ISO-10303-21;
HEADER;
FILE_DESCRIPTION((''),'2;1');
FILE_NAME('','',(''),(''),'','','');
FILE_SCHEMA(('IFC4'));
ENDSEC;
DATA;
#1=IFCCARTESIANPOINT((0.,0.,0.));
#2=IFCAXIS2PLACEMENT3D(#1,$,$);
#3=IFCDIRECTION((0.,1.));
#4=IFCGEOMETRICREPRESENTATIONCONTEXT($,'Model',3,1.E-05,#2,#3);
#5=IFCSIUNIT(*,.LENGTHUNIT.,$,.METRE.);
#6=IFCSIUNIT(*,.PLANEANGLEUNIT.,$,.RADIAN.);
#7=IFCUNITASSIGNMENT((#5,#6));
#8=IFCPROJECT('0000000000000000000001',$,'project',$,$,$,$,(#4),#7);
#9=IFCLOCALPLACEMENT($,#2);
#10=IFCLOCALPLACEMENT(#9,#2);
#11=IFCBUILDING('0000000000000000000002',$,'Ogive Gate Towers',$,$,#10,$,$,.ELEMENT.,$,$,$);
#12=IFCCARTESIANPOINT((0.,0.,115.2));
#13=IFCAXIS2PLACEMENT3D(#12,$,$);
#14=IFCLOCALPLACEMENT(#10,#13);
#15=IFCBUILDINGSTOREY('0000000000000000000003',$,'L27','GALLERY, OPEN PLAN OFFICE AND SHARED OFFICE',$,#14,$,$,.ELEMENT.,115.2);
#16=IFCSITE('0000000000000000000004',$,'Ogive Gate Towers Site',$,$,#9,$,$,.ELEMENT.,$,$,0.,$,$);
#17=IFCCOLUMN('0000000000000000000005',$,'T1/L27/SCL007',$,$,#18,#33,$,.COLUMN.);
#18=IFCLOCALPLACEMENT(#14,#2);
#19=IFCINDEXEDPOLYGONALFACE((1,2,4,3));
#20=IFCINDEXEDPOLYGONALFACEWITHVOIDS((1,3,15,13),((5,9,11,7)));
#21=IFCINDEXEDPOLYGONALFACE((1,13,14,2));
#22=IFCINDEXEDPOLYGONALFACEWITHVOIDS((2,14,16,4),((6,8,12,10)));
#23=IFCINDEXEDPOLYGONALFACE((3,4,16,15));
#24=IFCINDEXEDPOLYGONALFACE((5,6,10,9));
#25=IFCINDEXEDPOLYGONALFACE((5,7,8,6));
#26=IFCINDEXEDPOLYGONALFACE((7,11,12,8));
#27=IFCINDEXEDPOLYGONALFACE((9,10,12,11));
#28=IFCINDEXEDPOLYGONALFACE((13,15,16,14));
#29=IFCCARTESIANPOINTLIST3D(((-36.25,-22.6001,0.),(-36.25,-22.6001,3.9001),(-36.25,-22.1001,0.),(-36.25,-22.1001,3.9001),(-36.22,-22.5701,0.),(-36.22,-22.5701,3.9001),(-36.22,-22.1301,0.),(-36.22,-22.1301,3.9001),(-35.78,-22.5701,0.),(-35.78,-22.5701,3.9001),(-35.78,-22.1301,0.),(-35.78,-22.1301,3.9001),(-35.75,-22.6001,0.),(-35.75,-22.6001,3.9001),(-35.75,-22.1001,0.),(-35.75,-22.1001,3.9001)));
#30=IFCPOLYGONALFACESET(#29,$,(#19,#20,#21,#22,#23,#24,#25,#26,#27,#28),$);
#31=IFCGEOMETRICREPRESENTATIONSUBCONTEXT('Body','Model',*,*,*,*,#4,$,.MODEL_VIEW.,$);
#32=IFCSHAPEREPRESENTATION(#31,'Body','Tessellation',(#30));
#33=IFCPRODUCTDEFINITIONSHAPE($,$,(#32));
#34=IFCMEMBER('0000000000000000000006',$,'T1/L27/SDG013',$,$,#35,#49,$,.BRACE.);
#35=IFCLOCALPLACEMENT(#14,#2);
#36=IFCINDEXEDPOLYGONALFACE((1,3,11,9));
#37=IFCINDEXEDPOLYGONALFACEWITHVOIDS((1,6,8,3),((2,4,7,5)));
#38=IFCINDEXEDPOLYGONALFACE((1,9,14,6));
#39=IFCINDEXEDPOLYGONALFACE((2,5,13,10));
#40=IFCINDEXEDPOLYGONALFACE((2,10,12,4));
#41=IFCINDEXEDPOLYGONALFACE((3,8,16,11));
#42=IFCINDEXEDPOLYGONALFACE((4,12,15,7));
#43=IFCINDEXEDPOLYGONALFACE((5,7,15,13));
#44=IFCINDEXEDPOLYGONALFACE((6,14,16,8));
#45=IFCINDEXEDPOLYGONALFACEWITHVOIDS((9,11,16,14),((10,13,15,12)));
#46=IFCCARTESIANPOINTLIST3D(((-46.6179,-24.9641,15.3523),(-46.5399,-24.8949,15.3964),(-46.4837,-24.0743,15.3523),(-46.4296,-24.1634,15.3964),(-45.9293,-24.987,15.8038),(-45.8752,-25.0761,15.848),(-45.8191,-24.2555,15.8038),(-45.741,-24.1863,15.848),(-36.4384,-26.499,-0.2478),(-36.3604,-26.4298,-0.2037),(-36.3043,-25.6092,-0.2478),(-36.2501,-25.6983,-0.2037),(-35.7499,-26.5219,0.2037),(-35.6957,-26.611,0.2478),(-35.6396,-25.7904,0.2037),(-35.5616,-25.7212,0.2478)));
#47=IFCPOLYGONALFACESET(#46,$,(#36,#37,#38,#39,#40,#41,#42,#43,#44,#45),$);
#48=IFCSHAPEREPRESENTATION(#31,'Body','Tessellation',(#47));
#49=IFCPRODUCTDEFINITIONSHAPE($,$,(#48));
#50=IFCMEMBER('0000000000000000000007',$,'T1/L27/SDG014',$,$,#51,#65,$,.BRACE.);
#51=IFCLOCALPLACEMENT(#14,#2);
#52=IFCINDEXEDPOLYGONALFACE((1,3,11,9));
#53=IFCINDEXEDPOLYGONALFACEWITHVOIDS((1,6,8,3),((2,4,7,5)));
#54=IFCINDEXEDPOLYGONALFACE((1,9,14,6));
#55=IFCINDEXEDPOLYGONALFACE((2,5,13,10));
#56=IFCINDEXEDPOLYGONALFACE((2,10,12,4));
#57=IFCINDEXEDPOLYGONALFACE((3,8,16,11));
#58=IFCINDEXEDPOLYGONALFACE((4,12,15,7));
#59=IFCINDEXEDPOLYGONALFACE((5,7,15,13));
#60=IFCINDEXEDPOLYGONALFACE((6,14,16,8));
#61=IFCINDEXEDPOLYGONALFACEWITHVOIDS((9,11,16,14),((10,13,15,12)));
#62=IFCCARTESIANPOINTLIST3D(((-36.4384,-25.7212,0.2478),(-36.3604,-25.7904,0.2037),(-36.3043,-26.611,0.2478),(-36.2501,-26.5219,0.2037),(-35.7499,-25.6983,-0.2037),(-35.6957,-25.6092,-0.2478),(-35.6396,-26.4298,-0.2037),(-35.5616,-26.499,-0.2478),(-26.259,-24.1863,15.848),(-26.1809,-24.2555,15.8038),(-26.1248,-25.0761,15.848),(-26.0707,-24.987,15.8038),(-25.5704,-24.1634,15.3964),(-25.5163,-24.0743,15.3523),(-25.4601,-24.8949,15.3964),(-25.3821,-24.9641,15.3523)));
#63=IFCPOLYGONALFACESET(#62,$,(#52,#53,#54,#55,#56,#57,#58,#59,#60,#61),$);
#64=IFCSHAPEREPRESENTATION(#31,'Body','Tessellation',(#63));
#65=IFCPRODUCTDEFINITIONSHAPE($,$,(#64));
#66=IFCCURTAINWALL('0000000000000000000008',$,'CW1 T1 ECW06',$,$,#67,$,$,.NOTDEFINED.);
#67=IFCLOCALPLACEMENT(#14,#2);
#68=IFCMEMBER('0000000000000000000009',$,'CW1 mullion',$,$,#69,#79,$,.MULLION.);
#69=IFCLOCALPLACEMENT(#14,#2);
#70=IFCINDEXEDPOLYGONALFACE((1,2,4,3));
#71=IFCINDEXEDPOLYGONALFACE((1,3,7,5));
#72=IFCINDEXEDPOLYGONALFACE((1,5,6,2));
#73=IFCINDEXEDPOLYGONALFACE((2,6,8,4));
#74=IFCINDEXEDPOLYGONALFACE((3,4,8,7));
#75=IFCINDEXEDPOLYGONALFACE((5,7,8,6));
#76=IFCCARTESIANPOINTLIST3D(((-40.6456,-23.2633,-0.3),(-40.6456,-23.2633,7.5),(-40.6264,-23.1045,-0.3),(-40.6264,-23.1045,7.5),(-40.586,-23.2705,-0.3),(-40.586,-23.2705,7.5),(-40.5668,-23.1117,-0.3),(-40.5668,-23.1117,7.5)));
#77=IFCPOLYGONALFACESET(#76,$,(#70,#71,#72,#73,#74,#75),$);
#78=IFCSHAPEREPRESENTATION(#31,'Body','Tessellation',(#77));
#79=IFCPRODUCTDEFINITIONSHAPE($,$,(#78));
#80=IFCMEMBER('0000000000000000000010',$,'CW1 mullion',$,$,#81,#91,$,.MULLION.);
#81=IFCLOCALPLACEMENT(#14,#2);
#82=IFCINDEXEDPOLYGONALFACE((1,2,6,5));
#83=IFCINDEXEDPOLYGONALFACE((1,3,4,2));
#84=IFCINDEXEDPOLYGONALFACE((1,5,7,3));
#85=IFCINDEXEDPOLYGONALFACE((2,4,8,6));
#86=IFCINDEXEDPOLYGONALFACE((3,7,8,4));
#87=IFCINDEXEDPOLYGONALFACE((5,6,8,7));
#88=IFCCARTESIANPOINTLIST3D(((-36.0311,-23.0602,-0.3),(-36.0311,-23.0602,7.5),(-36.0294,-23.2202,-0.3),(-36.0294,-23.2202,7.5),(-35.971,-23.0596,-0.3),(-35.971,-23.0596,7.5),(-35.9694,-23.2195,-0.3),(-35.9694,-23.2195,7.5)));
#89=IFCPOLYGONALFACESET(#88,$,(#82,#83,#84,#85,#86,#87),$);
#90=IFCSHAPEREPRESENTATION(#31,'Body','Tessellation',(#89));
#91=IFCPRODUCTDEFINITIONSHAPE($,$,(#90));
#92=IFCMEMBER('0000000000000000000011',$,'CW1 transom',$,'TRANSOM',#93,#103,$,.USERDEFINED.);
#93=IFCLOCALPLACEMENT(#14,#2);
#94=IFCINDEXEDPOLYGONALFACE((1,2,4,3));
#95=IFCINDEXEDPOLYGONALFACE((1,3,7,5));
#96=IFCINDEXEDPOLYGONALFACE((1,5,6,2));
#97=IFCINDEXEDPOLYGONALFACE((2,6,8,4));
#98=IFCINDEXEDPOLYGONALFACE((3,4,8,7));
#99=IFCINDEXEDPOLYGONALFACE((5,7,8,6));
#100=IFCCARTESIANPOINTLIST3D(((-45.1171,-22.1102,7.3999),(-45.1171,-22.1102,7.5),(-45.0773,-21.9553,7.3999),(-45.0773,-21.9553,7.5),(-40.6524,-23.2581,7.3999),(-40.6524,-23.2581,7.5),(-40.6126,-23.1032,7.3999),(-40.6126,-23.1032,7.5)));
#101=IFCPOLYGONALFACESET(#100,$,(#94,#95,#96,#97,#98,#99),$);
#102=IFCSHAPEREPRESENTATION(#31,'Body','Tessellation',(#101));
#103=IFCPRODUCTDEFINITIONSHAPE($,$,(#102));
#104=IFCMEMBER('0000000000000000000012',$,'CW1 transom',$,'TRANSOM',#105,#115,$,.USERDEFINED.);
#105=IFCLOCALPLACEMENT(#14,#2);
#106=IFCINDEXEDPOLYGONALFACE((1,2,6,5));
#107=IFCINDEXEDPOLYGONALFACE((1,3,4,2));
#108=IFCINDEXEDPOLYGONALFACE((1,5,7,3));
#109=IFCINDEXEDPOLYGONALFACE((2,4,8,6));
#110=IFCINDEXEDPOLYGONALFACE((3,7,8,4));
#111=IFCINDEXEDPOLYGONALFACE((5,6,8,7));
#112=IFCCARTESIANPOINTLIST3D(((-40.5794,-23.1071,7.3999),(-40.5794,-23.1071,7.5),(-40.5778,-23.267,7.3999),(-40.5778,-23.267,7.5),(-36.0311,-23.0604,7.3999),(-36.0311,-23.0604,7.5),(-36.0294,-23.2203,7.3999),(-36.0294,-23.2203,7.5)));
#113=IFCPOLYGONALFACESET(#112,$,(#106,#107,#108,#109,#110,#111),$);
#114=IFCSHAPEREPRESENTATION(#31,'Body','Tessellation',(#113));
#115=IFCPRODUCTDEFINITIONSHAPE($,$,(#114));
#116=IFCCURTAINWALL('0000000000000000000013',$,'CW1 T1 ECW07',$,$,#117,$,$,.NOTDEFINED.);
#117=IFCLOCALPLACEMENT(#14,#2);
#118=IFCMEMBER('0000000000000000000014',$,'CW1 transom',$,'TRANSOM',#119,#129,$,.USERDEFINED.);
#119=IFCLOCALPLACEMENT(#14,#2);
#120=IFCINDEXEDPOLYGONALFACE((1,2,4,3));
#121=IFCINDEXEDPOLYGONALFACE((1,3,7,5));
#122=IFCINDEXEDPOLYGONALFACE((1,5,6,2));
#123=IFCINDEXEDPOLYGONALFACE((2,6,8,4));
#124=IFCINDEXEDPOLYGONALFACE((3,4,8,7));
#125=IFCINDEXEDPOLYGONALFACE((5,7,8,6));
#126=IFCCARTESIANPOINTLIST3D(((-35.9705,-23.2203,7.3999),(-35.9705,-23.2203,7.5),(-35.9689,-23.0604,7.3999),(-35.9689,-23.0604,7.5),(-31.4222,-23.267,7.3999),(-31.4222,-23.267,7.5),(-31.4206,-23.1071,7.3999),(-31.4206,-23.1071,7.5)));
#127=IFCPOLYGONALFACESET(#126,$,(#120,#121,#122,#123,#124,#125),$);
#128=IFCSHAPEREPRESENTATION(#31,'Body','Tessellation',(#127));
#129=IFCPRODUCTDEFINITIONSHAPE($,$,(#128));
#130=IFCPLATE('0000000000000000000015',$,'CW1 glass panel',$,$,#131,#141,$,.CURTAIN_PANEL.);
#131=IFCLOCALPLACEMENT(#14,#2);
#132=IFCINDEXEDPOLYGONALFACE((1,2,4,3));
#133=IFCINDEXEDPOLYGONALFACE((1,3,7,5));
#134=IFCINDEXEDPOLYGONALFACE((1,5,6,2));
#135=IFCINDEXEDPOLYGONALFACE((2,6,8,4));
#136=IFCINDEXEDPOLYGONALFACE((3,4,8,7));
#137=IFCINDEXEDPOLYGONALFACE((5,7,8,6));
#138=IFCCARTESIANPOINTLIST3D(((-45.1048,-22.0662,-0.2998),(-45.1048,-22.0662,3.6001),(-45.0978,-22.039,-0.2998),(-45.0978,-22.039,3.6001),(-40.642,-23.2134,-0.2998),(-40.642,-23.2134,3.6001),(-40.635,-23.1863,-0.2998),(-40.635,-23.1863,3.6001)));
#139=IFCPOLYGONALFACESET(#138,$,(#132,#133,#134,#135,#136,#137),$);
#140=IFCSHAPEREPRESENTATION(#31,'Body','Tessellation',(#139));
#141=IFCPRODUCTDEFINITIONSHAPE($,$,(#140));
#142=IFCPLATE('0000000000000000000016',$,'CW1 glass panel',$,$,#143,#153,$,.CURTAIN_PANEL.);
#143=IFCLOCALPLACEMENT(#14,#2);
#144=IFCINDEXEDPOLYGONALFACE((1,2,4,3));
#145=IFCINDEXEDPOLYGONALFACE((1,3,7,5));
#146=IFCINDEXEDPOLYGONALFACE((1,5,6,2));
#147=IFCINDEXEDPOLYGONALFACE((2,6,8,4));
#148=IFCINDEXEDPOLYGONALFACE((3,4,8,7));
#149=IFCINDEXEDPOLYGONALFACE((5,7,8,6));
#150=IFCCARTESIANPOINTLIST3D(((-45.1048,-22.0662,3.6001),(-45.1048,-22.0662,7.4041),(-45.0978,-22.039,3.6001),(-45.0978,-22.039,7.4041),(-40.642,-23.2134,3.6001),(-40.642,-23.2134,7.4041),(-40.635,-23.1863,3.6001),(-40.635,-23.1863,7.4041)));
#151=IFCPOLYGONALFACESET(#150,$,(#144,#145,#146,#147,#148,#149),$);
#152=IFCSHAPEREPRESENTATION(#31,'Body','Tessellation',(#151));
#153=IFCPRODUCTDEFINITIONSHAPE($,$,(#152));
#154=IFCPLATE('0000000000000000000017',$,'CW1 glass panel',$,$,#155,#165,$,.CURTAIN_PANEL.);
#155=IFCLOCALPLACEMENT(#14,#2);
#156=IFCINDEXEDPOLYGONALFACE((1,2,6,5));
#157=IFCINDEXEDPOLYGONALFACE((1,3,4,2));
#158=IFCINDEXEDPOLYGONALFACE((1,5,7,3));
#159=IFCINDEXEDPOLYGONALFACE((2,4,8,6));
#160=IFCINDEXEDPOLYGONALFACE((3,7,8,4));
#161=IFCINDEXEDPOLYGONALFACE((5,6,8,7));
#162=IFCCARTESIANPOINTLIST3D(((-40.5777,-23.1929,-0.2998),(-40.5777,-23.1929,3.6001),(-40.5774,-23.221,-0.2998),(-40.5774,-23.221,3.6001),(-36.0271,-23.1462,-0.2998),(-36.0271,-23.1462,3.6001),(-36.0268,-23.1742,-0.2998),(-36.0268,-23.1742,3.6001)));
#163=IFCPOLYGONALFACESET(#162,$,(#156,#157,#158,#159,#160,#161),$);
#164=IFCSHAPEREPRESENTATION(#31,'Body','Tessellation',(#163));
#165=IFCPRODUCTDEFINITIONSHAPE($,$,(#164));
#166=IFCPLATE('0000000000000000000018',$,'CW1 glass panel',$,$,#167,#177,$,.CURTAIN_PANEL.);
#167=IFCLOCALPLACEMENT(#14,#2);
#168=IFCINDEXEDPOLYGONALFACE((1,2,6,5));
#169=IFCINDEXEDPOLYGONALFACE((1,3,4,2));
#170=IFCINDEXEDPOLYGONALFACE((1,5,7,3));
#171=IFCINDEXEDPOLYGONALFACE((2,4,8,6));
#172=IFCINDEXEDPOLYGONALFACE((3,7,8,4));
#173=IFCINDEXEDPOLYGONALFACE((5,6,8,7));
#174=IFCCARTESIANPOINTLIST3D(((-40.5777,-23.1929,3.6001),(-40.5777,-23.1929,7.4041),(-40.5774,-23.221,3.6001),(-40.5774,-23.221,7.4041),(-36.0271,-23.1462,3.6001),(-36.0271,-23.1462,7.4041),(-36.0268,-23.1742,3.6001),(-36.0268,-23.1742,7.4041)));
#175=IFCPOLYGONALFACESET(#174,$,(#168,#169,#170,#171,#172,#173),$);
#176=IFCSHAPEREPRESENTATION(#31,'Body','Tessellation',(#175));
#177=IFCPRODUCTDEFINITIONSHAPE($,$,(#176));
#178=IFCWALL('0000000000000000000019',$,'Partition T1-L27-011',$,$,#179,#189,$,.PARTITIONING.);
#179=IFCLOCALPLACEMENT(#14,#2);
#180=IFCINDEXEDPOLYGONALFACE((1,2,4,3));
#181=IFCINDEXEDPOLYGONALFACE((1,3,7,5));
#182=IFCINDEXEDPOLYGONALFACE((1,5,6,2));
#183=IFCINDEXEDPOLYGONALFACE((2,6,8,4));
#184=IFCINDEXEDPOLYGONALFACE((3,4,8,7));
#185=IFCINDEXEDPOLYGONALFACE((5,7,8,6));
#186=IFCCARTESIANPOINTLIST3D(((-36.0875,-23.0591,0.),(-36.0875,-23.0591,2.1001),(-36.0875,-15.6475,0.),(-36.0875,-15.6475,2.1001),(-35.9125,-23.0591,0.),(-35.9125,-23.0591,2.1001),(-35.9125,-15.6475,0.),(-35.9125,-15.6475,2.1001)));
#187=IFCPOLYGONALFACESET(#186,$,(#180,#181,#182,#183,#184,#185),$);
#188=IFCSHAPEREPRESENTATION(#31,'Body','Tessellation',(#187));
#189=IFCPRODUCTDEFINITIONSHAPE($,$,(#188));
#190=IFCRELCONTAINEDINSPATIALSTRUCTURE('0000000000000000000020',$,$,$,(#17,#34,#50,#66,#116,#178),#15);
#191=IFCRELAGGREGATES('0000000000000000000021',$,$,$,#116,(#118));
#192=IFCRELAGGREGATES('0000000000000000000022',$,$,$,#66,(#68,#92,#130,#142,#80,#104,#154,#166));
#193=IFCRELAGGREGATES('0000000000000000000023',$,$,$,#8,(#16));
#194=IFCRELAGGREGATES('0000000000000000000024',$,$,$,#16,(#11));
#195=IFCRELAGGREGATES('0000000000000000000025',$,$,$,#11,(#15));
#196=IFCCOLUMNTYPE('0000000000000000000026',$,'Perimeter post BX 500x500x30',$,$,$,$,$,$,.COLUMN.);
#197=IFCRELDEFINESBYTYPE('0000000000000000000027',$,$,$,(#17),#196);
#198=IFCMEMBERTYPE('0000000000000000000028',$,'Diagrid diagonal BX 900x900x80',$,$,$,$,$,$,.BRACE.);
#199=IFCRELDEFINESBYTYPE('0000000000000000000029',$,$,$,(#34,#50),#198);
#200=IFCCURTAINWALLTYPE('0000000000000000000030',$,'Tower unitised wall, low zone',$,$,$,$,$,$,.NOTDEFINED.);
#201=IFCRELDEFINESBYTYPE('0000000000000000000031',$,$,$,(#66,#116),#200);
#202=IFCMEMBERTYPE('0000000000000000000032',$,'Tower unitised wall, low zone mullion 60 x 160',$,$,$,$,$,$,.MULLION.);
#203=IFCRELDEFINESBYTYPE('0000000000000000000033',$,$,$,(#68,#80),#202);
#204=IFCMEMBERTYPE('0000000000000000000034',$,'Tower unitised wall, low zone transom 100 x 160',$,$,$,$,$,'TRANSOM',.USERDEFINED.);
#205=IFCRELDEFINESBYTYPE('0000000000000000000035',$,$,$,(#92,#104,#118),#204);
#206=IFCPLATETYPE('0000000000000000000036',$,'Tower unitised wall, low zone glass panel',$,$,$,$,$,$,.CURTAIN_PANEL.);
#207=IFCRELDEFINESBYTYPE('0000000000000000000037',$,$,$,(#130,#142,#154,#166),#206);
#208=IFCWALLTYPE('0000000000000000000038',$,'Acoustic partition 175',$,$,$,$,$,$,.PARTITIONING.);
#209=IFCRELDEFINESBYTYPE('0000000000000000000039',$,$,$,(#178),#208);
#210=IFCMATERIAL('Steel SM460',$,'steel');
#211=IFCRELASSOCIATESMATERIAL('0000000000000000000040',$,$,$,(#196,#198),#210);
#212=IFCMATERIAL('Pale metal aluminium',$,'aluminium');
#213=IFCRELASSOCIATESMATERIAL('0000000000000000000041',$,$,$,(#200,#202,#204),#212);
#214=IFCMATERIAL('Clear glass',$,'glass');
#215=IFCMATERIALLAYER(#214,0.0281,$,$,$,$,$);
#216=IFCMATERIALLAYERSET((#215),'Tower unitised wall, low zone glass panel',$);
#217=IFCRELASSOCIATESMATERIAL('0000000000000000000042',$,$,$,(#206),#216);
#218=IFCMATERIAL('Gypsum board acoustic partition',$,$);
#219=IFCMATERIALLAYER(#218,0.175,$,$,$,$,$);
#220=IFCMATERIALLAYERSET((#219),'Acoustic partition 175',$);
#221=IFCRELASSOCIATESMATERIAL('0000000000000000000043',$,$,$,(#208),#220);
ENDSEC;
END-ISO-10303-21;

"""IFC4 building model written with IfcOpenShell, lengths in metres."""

from ifc_helpers import new_model, si_unit, direction, frame, frame_2d, origin, origin_2d, place, context, subcontext, project, spatial, rectangle, hollow_rectangle, extrude, material, layer, layer_set, material_profile, profile_set, type_object, element, aggregate, save


model = new_model("IFC4")

# Units and contexts
model_context = context("Model", 3, precision=1e-05, world=origin(), true_north=direction((0.0, 1.0)))
body_context = subcontext(model_context, "Body", "Model", "MODEL_VIEW")
ifc_project = project(units=[si_unit("LENGTHUNIT", "METRE"), si_unit("PLANEANGLEUNIT", "RADIAN")], contexts=[model_context])

# Site, building, storey
site_placement = place(None, origin())
site = spatial("IfcSite", under=ifc_project, at=site_placement, Name="Ogive Gate Towers Site", CompositionType="ELEMENT", RefElevation=0.0)
building_placement = place(site_placement, origin())
building = spatial("IfcBuilding", under=site, at=building_placement, Name="Ogive Gate Towers", CompositionType="ELEMENT")
storey_placement = place(building_placement, frame((0.0, 0.0, 115.2)))
storey = spatial("IfcBuildingStorey", under=building, at=storey_placement, Name="L27", Description="GALLERY, OPEN PLAN OFFICE AND SHARED OFFICE", CompositionType="ELEMENT", Elevation=115.2)

# Column
ifc_material_1 = material(Name="Steel SM460", Category="steel")
ifc_material_profile_1 = material_profile(ifc_material_1, hollow_rectangle(XDim=0.5, YDim=0.5, WallThickness=0.03, at=origin_2d()), Name="BX 500x500x30")
ifc_profile_set_1 = profile_set([ifc_material_profile_1], Name="Steel SM460")
column_type = type_object("IfcColumnType", Name="Perimeter post BX 500x500x30", PredefinedType="COLUMN", material=ifc_profile_set_1)
column_placement = place(storey_placement, frame((-36.0, -22.3501, 0.0), z_axis=(0.0, 0.0, 1.0), x_axis=(1.0, 0.0, 0.0)))
element("IfcColumn", 1, at=column_placement, inside=storey, type_object=column_type, Name="T1/L27/SCL007", PredefinedType="COLUMN", context=body_context, shape_type="SweptSolid", body=[
    extrude(hollow_rectangle(XDim=0.5, YDim=0.5, WallThickness=0.03, at=origin_2d()), origin(), (0.0, 0.0, 1.0), 3.9001),
])

# Members
ifc_material_profile_2 = material_profile(ifc_material_1, hollow_rectangle(XDim=0.8999, YDim=0.8999, WallThickness=0.0801, at=origin_2d()), Name="BX 900x900x80")
ifc_profile_set_2 = profile_set([ifc_material_profile_2], Name="Steel SM460")
member_type_1 = type_object("IfcMemberType", Name="Diagrid diagonal BX 900x900x80", PredefinedType="BRACE", material=ifc_profile_set_2)
for number, where, z_axis, x_axis, name in (
    (2, (-36.0, -26.1101, 0.0), (-0.544628, 0.082122, 0.834648), (-0.1491, -0.988822, 0.0), "T1/L27/SDG013"),
    (3, (-36.0, -26.1101, 0.0), (0.544628, 0.082122, 0.834648), (-0.1491, 0.988822, 0.0), "T1/L27/SDG014"),
):
    element("IfcMember", number, at=place(storey_placement, frame(where, z_axis=z_axis, x_axis=x_axis)), inside=storey, type_object=member_type_1, Name=name, PredefinedType="BRACE", context=body_context, shape_type="SweptSolid", body=[
        extrude(hollow_rectangle(XDim=0.8999, YDim=0.8999, WallThickness=0.0801, at=origin_2d()), origin(), (0.0, 0.0, 1.0), 18.6907),
    ])

# Curtain wall, members
ifc_material_2 = material(Name="Pale metal aluminium", Category="aluminium")
curtain_wall_type = type_object("IfcCurtainWallType", Name="Tower unitised wall, low zone", PredefinedType="NOTDEFINED", material=ifc_material_2)
curtain_wall_1_placement = place(storey_placement, origin())
curtain_wall_1 = element("IfcCurtainWall", 4, at=curtain_wall_1_placement, inside=storey, type_object=curtain_wall_type, Name="CW1 T1 ECW06", PredefinedType="NOTDEFINED")
ifc_material_profile_3 = material_profile(ifc_material_2, rectangle(XDim=0.1599, YDim=0.0601, at=origin_2d()), Name="60 x 160 aluminium box")
ifc_profile_set_3 = profile_set([ifc_material_profile_3], Name="Pale metal aluminium")
member_type_2 = type_object("IfcMemberType", Name="Tower unitised wall, low zone mullion 60 x 160", PredefinedType="MULLION", material=ifc_profile_set_3)
member_1_placement = place(storey_placement, frame((-40.6062, -23.1875, -0.3), z_axis=(0.0, 0.0, 1.0), x_axis=(-0.120379, -0.992728, 0.0)))
member_1 = element("IfcMember", 5, at=member_1_placement, type_object=member_type_2, Name="CW1 mullion", PredefinedType="MULLION", context=body_context, shape_type="SweptSolid", body=[
    extrude(rectangle(XDim=0.1599, YDim=0.0601, at=origin_2d()), origin(), (0.0, 0.0, 1.0), 7.8),
])
member_2_placement = place(storey_placement, frame((-36.0002, -23.1399, -0.3), z_axis=(0.0, 0.0, 1.0), x_axis=(0.01028, -0.999947, 0.0)))
member_2 = element("IfcMember", 6, at=member_2_placement, type_object=member_type_2, Name="CW1 mullion", PredefinedType="MULLION", context=body_context, shape_type="SweptSolid", body=[
    extrude(rectangle(XDim=0.1599, YDim=0.0601, at=origin_2d()), origin(), (0.0, 0.0, 1.0), 7.8),
])
ifc_material_profile_4 = material_profile(ifc_material_2, rectangle(XDim=0.1599, YDim=0.1001, at=origin_2d()), Name="100 x 160 aluminium box")
ifc_profile_set_4 = profile_set([ifc_material_profile_4], Name="Pale metal aluminium")
member_type_3 = type_object("IfcMemberType", Name="Tower unitised wall, low zone transom 100 x 160", ElementType="TRANSOM", PredefinedType="USERDEFINED", material=ifc_profile_set_4)
member_3_placement = place(storey_placement, frame((-45.0972, -22.0327, 7.45), z_axis=(0.968498, -0.249023, 0.0), x_axis=(0.249023, 0.968498, 0.0)))
member_3 = element("IfcMember", 7, at=member_3_placement, type_object=member_type_3, Name="CW1 transom", ObjectType="TRANSOM", PredefinedType="USERDEFINED", context=body_context, shape_type="SweptSolid", body=[
    extrude(rectangle(XDim=0.1599, YDim=0.1001, at=origin_2d()), origin(), (0.0, 0.0, 1.0), 4.6099),
])
member_4_placement = place(storey_placement, frame((-40.5786, -23.187, 7.45), z_axis=(0.999947, 0.010252, 0.0), x_axis=(-0.010252, 0.999947, 0.0)))
member_4 = element("IfcMember", 8, at=member_4_placement, type_object=member_type_3, Name="CW1 transom", ObjectType="TRANSOM", PredefinedType="USERDEFINED", context=body_context, shape_type="SweptSolid", body=[
    extrude(rectangle(XDim=0.1599, YDim=0.1001, at=origin_2d()), origin(), (0.0, 0.0, 1.0), 4.5486),
])

# Curtain wall, member
curtain_wall_2_placement = place(storey_placement, origin())
curtain_wall_2 = element("IfcCurtainWall", 9, at=curtain_wall_2_placement, inside=storey, type_object=curtain_wall_type, Name="CW1 T1 ECW07", PredefinedType="NOTDEFINED")
member_5_placement = place(storey_placement, frame((-35.9697, -23.1404, 7.45), z_axis=(0.999947, -0.010252, 0.0), x_axis=(0.010252, 0.999947, 0.0)))
member_5 = element("IfcMember", 10, at=member_5_placement, type_object=member_type_3, Name="CW1 transom", ObjectType="TRANSOM", PredefinedType="USERDEFINED", context=body_context, shape_type="SweptSolid", body=[
    extrude(rectangle(XDim=0.1599, YDim=0.1001, at=origin_2d()), origin(), (0.0, 0.0, 1.0), 4.5486),
])
aggregate(curtain_wall_2, [member_5])

# Plates
ifc_material_3 = material(Name="Clear glass", Category="glass")
ifc_layer_1 = layer(ifc_material_3, 0.0281)
ifc_layer_set_1 = layer_set([ifc_layer_1], Name="Tower unitised wall, low zone glass panel")
plate_type = type_object("IfcPlateType", Name="Tower unitised wall, low zone glass panel", PredefinedType="CURTAIN_PANEL", material=ifc_layer_set_1)
plate_1_placement = place(storey_placement, frame((-42.8699, -22.6262, -0.2998), z_axis=(0.0, 0.0, 1.0), x_axis=(0.968509, -0.248977, 0.0)))
plate_1 = element("IfcPlate", 11, at=plate_1_placement, type_object=plate_type, Name="CW1 glass panel", PredefinedType="CURTAIN_PANEL", context=body_context, shape_type="SweptSolid", body=[
    extrude(rectangle(XDim=4.6079, YDim=0.0281, at=origin_2d()), origin(), (0.0, 0.0, 1.0), 3.8999),
])
plate_2_placement = place(storey_placement, frame((-42.8699, -22.6262, 3.6001), z_axis=(0.0, 0.0, 1.0), x_axis=(0.968509, -0.248977, 0.0)))
plate_2 = element("IfcPlate", 12, at=plate_2_placement, type_object=plate_type, Name="CW1 glass panel", PredefinedType="CURTAIN_PANEL", context=body_context, shape_type="SweptSolid", body=[
    extrude(rectangle(XDim=4.6079, YDim=0.0281, at=origin_2d()), origin(), (0.0, 0.0, 1.0), 3.804),
])
plate_3_placement = place(storey_placement, frame((-38.3022, -23.1836, -0.2998), z_axis=(0.0, 0.0, 1.0), x_axis=(0.999947, 0.01028, 0.0)))
plate_3 = element("IfcPlate", 13, at=plate_3_placement, type_object=plate_type, Name="CW1 glass panel", PredefinedType="CURTAIN_PANEL", context=body_context, shape_type="SweptSolid", body=[
    extrude(rectangle(XDim=4.5508, YDim=0.0281, at=origin_2d()), origin(), (0.0, 0.0, 1.0), 3.8999),
])
plate_4_placement = place(storey_placement, frame((-38.3022, -23.1836, 3.6001), z_axis=(0.0, 0.0, 1.0), x_axis=(0.999947, 0.01028, 0.0)))
plate_4 = element("IfcPlate", 14, at=plate_4_placement, type_object=plate_type, Name="CW1 glass panel", PredefinedType="CURTAIN_PANEL", context=body_context, shape_type="SweptSolid", body=[
    extrude(rectangle(XDim=4.5508, YDim=0.0281, at=origin_2d()), origin(), (0.0, 0.0, 1.0), 3.804),
])
aggregate(curtain_wall_1, [member_1, member_3, plate_1, plate_2, member_2, member_4, plate_3, plate_4])

# Wall
ifc_material_4 = material(Name="Gypsum board acoustic partition")
ifc_layer_2 = layer(ifc_material_4, 0.175)
ifc_layer_set_2 = layer_set([ifc_layer_2], Name="Acoustic partition 175")
wall_type_1 = type_object("IfcWallType", Name="Acoustic partition 175", PredefinedType="PARTITIONING", material=ifc_layer_set_2)
wall_1_placement = place(storey_placement, frame((-36.0, -23.0591, 0.0), z_axis=(0.0, 0.0, 1.0), x_axis=(0.0, 1.0, 0.0)))
element("IfcWall", 15, at=wall_1_placement, inside=storey, type_object=wall_type_1, Name="Partition T1-L27-011", PredefinedType="PARTITIONING", context=body_context, shape_type="SweptSolid", body=[
    extrude(rectangle(XDim=7.4116, YDim=0.175, at=frame_2d((3.7058, 0.0))), origin(), (0.0, 0.0, 1.0), 2.1001),
])

save(model, "model.ifc")
